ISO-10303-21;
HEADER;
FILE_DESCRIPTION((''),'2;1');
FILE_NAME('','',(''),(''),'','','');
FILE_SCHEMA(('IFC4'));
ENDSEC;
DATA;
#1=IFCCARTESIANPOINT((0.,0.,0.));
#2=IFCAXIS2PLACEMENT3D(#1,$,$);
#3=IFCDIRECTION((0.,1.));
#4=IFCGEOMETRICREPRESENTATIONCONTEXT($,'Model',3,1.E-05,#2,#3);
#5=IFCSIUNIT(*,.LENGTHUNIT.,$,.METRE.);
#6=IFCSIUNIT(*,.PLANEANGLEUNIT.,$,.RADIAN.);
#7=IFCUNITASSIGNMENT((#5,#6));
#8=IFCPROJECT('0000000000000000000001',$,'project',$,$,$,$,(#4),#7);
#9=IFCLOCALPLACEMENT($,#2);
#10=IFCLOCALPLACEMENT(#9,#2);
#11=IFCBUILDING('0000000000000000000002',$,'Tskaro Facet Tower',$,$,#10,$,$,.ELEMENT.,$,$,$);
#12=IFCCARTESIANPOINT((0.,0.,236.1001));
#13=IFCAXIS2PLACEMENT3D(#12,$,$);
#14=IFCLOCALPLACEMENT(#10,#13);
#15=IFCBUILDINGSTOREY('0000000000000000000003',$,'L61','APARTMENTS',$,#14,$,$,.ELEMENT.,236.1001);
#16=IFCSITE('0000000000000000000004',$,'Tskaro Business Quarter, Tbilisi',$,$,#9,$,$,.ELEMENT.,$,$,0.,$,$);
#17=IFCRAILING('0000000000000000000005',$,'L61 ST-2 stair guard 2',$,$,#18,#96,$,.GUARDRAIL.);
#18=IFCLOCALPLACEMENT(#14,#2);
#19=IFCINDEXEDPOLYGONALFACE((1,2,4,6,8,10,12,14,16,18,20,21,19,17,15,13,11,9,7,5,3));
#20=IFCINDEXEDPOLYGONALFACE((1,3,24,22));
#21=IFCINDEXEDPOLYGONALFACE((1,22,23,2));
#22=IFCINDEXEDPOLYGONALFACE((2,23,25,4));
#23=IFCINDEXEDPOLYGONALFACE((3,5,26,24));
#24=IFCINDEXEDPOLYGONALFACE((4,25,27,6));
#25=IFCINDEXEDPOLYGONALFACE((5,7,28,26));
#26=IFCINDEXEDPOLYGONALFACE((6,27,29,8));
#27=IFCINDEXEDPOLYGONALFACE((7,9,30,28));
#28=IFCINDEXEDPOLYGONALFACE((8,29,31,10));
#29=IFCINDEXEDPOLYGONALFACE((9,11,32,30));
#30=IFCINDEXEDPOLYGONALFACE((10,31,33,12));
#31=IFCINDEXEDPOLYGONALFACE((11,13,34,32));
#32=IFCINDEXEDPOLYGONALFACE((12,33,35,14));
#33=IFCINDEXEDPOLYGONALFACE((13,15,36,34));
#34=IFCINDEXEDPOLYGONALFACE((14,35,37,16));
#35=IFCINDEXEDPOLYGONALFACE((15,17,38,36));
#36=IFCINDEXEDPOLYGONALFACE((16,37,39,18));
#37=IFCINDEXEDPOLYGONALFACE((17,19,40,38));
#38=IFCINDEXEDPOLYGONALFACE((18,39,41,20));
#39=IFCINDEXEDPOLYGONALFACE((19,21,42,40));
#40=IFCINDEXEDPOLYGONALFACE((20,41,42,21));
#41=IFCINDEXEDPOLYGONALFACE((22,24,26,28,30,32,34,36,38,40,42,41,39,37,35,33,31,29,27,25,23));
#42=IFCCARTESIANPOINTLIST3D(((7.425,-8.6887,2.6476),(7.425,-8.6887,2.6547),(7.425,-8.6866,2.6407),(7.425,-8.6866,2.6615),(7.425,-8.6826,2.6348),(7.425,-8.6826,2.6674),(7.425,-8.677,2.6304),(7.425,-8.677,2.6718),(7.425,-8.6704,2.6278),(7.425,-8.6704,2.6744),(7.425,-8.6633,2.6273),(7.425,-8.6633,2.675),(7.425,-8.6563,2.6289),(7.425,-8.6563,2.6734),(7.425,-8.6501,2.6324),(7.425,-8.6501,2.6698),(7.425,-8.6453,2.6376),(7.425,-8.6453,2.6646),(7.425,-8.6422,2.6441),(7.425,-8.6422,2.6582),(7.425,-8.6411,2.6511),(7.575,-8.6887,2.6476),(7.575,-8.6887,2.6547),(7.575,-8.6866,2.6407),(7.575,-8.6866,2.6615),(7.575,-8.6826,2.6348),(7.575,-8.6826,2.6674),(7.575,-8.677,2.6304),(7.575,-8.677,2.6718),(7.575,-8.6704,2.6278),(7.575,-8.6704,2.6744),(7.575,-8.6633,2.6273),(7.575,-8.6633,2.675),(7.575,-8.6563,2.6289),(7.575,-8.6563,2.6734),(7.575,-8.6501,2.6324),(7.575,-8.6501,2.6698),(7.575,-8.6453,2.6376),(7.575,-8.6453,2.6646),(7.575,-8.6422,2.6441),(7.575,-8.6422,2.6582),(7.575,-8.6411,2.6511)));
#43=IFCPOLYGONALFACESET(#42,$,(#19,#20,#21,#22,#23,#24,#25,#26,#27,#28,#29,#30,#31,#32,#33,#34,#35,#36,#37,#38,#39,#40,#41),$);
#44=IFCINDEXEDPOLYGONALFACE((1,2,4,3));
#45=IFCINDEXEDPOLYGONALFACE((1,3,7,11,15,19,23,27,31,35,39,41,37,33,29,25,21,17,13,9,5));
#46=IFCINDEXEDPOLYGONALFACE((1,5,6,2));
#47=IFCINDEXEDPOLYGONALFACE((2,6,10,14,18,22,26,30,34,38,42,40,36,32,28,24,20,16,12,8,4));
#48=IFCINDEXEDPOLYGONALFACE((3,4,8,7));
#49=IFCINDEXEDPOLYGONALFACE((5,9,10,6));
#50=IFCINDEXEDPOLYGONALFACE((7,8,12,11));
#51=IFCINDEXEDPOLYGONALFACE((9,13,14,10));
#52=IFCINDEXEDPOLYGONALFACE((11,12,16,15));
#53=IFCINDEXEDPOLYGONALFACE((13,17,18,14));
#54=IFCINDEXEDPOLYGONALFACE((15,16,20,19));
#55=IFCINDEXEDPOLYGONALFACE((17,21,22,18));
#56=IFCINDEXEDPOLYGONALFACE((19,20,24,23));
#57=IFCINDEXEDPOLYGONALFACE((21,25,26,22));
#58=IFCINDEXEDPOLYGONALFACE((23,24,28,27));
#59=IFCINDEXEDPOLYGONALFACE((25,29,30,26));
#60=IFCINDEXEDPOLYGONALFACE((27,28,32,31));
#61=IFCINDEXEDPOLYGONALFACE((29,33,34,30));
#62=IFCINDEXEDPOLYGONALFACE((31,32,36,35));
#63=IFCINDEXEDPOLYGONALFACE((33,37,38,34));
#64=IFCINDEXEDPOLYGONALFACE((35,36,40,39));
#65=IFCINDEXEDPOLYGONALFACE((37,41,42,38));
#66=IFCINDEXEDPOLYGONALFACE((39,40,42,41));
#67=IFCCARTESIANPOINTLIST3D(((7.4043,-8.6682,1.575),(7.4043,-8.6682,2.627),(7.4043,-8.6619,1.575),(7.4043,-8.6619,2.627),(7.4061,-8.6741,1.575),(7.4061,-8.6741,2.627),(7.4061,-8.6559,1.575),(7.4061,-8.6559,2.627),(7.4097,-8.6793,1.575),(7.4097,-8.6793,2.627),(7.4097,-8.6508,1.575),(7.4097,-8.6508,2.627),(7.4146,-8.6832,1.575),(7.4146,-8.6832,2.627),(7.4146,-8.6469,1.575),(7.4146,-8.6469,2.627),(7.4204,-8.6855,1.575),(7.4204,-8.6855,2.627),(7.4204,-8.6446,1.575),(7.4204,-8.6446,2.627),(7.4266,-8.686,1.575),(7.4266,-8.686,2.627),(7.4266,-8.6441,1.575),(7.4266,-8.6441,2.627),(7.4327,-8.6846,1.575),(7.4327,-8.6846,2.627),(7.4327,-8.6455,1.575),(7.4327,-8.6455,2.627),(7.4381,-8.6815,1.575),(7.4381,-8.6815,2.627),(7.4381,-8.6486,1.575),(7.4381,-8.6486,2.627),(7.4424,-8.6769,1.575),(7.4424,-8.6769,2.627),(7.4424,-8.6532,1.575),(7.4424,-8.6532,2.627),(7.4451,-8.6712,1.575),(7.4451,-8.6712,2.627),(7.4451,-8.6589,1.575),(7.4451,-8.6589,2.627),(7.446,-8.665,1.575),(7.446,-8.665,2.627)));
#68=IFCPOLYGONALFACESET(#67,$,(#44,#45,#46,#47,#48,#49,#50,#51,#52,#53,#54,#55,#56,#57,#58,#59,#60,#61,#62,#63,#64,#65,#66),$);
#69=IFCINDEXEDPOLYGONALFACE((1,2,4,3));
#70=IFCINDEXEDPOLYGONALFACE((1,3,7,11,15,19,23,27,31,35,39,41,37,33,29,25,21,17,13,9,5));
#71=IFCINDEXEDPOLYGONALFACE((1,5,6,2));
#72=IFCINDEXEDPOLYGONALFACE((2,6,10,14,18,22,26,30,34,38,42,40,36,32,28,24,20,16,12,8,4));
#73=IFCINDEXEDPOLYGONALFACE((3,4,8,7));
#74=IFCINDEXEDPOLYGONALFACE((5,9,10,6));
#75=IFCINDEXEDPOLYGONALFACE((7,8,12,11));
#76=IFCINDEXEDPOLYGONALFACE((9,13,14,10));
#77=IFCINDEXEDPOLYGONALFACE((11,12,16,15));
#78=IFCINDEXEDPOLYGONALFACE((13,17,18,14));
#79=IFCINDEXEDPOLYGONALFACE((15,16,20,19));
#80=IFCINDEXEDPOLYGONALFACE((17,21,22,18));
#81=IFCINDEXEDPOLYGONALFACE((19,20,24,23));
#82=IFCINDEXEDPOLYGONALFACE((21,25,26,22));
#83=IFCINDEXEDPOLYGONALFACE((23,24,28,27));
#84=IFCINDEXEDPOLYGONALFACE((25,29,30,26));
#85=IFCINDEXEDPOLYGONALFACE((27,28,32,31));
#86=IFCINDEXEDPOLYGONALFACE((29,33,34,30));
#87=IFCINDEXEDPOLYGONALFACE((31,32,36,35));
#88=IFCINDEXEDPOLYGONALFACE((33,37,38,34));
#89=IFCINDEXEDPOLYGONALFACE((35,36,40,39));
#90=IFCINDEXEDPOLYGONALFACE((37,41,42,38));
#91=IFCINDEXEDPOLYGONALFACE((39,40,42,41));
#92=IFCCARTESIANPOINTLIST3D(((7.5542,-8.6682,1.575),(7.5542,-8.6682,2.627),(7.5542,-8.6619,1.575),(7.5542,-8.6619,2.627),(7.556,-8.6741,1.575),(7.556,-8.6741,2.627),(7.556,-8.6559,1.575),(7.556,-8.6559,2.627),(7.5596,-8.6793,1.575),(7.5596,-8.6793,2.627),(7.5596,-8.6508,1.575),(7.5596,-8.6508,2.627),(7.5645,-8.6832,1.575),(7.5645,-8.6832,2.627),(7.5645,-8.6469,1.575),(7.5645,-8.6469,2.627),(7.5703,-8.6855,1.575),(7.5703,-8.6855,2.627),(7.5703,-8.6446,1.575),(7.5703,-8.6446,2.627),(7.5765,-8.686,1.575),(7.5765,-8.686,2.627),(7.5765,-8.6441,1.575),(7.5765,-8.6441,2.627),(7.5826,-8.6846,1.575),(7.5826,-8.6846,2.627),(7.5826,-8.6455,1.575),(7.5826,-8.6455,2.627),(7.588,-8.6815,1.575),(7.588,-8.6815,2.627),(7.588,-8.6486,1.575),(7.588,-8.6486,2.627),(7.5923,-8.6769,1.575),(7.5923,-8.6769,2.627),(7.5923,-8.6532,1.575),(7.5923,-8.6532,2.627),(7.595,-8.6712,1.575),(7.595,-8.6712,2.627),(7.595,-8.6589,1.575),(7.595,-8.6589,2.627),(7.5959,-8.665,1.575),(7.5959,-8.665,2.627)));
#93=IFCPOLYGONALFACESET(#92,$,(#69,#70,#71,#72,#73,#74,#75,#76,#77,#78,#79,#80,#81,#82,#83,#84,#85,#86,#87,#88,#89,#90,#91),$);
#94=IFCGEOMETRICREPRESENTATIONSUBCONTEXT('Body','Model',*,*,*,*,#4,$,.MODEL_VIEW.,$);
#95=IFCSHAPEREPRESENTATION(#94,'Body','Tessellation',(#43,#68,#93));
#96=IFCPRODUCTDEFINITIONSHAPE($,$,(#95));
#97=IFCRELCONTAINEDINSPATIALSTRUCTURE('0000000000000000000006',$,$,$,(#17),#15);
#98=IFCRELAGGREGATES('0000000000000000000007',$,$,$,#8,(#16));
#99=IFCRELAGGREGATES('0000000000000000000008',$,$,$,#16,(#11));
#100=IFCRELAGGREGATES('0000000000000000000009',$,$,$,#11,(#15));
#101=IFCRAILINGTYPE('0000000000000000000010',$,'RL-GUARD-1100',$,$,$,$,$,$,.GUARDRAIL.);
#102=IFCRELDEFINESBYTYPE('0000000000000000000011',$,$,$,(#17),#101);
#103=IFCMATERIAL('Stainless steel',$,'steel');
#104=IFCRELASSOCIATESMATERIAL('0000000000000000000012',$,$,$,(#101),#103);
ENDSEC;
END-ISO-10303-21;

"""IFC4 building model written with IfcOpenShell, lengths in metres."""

from ifc_helpers import new_model, si_unit, direction, frame, origin, origin_2d, place, context, subcontext, project, spatial, circle, extrude, material, type_object, element, save


model = new_model("IFC4")

# Units and contexts
model_context = context("Model", 3, precision=1e-05, world=origin(), true_north=direction((0.0, 1.0)))
body_context = subcontext(model_context, "Body", "Model", "MODEL_VIEW")
ifc_project = project(units=[si_unit("LENGTHUNIT", "METRE"), si_unit("PLANEANGLEUNIT", "RADIAN")], contexts=[model_context])

# Site, building, storey
site_placement = place(None, origin())
site = spatial("IfcSite", under=ifc_project, at=site_placement, Name="Tskaro Business Quarter, Tbilisi", CompositionType="ELEMENT", RefElevation=0.0)
building_placement = place(site_placement, origin())
building = spatial("IfcBuilding", under=site, at=building_placement, Name="Tskaro Facet Tower", CompositionType="ELEMENT")
storey_placement = place(building_placement, frame((0.0, 0.0, 236.1001)))
storey = spatial("IfcBuildingStorey", under=building, at=storey_placement, Name="L61", Description="APARTMENTS", CompositionType="ELEMENT", Elevation=236.1001)

# Railing
ifc_material_1 = material(Name="Stainless steel", Category="steel")
railing_type_1 = type_object("IfcRailingType", Name="RL-GUARD-1100", PredefinedType="GUARDRAIL", material=ifc_material_1)
railing_1_placement = place(storey_placement, frame((7.425, -8.665, 1.575)))
element("IfcRailing", 1, at=railing_1_placement, inside=storey, type_object=railing_type_1, Name="L61 ST-2 stair guard 2", PredefinedType="GUARDRAIL", context=body_context, shape_type="SweptSolid", body=[
    extrude(circle(Radius=0.0239, at=origin_2d()), frame((0.0, 0.0, 1.0762), z_axis=(1.0, 0.0, 0.0), x_axis=(0.0, 1.0, 0.0)), (0.0, 0.0, 1.0), 0.1499),
    extrude(circle(Radius=0.021, at=origin_2d()), origin(), (0.0, 0.0, 1.0), 1.052),
    extrude(circle(Radius=0.021, at=origin_2d()), frame((0.1499, 0.0, 0.0)), (0.0, 0.0, 1.0), 1.052),
])

save(model, "model.ifc")
